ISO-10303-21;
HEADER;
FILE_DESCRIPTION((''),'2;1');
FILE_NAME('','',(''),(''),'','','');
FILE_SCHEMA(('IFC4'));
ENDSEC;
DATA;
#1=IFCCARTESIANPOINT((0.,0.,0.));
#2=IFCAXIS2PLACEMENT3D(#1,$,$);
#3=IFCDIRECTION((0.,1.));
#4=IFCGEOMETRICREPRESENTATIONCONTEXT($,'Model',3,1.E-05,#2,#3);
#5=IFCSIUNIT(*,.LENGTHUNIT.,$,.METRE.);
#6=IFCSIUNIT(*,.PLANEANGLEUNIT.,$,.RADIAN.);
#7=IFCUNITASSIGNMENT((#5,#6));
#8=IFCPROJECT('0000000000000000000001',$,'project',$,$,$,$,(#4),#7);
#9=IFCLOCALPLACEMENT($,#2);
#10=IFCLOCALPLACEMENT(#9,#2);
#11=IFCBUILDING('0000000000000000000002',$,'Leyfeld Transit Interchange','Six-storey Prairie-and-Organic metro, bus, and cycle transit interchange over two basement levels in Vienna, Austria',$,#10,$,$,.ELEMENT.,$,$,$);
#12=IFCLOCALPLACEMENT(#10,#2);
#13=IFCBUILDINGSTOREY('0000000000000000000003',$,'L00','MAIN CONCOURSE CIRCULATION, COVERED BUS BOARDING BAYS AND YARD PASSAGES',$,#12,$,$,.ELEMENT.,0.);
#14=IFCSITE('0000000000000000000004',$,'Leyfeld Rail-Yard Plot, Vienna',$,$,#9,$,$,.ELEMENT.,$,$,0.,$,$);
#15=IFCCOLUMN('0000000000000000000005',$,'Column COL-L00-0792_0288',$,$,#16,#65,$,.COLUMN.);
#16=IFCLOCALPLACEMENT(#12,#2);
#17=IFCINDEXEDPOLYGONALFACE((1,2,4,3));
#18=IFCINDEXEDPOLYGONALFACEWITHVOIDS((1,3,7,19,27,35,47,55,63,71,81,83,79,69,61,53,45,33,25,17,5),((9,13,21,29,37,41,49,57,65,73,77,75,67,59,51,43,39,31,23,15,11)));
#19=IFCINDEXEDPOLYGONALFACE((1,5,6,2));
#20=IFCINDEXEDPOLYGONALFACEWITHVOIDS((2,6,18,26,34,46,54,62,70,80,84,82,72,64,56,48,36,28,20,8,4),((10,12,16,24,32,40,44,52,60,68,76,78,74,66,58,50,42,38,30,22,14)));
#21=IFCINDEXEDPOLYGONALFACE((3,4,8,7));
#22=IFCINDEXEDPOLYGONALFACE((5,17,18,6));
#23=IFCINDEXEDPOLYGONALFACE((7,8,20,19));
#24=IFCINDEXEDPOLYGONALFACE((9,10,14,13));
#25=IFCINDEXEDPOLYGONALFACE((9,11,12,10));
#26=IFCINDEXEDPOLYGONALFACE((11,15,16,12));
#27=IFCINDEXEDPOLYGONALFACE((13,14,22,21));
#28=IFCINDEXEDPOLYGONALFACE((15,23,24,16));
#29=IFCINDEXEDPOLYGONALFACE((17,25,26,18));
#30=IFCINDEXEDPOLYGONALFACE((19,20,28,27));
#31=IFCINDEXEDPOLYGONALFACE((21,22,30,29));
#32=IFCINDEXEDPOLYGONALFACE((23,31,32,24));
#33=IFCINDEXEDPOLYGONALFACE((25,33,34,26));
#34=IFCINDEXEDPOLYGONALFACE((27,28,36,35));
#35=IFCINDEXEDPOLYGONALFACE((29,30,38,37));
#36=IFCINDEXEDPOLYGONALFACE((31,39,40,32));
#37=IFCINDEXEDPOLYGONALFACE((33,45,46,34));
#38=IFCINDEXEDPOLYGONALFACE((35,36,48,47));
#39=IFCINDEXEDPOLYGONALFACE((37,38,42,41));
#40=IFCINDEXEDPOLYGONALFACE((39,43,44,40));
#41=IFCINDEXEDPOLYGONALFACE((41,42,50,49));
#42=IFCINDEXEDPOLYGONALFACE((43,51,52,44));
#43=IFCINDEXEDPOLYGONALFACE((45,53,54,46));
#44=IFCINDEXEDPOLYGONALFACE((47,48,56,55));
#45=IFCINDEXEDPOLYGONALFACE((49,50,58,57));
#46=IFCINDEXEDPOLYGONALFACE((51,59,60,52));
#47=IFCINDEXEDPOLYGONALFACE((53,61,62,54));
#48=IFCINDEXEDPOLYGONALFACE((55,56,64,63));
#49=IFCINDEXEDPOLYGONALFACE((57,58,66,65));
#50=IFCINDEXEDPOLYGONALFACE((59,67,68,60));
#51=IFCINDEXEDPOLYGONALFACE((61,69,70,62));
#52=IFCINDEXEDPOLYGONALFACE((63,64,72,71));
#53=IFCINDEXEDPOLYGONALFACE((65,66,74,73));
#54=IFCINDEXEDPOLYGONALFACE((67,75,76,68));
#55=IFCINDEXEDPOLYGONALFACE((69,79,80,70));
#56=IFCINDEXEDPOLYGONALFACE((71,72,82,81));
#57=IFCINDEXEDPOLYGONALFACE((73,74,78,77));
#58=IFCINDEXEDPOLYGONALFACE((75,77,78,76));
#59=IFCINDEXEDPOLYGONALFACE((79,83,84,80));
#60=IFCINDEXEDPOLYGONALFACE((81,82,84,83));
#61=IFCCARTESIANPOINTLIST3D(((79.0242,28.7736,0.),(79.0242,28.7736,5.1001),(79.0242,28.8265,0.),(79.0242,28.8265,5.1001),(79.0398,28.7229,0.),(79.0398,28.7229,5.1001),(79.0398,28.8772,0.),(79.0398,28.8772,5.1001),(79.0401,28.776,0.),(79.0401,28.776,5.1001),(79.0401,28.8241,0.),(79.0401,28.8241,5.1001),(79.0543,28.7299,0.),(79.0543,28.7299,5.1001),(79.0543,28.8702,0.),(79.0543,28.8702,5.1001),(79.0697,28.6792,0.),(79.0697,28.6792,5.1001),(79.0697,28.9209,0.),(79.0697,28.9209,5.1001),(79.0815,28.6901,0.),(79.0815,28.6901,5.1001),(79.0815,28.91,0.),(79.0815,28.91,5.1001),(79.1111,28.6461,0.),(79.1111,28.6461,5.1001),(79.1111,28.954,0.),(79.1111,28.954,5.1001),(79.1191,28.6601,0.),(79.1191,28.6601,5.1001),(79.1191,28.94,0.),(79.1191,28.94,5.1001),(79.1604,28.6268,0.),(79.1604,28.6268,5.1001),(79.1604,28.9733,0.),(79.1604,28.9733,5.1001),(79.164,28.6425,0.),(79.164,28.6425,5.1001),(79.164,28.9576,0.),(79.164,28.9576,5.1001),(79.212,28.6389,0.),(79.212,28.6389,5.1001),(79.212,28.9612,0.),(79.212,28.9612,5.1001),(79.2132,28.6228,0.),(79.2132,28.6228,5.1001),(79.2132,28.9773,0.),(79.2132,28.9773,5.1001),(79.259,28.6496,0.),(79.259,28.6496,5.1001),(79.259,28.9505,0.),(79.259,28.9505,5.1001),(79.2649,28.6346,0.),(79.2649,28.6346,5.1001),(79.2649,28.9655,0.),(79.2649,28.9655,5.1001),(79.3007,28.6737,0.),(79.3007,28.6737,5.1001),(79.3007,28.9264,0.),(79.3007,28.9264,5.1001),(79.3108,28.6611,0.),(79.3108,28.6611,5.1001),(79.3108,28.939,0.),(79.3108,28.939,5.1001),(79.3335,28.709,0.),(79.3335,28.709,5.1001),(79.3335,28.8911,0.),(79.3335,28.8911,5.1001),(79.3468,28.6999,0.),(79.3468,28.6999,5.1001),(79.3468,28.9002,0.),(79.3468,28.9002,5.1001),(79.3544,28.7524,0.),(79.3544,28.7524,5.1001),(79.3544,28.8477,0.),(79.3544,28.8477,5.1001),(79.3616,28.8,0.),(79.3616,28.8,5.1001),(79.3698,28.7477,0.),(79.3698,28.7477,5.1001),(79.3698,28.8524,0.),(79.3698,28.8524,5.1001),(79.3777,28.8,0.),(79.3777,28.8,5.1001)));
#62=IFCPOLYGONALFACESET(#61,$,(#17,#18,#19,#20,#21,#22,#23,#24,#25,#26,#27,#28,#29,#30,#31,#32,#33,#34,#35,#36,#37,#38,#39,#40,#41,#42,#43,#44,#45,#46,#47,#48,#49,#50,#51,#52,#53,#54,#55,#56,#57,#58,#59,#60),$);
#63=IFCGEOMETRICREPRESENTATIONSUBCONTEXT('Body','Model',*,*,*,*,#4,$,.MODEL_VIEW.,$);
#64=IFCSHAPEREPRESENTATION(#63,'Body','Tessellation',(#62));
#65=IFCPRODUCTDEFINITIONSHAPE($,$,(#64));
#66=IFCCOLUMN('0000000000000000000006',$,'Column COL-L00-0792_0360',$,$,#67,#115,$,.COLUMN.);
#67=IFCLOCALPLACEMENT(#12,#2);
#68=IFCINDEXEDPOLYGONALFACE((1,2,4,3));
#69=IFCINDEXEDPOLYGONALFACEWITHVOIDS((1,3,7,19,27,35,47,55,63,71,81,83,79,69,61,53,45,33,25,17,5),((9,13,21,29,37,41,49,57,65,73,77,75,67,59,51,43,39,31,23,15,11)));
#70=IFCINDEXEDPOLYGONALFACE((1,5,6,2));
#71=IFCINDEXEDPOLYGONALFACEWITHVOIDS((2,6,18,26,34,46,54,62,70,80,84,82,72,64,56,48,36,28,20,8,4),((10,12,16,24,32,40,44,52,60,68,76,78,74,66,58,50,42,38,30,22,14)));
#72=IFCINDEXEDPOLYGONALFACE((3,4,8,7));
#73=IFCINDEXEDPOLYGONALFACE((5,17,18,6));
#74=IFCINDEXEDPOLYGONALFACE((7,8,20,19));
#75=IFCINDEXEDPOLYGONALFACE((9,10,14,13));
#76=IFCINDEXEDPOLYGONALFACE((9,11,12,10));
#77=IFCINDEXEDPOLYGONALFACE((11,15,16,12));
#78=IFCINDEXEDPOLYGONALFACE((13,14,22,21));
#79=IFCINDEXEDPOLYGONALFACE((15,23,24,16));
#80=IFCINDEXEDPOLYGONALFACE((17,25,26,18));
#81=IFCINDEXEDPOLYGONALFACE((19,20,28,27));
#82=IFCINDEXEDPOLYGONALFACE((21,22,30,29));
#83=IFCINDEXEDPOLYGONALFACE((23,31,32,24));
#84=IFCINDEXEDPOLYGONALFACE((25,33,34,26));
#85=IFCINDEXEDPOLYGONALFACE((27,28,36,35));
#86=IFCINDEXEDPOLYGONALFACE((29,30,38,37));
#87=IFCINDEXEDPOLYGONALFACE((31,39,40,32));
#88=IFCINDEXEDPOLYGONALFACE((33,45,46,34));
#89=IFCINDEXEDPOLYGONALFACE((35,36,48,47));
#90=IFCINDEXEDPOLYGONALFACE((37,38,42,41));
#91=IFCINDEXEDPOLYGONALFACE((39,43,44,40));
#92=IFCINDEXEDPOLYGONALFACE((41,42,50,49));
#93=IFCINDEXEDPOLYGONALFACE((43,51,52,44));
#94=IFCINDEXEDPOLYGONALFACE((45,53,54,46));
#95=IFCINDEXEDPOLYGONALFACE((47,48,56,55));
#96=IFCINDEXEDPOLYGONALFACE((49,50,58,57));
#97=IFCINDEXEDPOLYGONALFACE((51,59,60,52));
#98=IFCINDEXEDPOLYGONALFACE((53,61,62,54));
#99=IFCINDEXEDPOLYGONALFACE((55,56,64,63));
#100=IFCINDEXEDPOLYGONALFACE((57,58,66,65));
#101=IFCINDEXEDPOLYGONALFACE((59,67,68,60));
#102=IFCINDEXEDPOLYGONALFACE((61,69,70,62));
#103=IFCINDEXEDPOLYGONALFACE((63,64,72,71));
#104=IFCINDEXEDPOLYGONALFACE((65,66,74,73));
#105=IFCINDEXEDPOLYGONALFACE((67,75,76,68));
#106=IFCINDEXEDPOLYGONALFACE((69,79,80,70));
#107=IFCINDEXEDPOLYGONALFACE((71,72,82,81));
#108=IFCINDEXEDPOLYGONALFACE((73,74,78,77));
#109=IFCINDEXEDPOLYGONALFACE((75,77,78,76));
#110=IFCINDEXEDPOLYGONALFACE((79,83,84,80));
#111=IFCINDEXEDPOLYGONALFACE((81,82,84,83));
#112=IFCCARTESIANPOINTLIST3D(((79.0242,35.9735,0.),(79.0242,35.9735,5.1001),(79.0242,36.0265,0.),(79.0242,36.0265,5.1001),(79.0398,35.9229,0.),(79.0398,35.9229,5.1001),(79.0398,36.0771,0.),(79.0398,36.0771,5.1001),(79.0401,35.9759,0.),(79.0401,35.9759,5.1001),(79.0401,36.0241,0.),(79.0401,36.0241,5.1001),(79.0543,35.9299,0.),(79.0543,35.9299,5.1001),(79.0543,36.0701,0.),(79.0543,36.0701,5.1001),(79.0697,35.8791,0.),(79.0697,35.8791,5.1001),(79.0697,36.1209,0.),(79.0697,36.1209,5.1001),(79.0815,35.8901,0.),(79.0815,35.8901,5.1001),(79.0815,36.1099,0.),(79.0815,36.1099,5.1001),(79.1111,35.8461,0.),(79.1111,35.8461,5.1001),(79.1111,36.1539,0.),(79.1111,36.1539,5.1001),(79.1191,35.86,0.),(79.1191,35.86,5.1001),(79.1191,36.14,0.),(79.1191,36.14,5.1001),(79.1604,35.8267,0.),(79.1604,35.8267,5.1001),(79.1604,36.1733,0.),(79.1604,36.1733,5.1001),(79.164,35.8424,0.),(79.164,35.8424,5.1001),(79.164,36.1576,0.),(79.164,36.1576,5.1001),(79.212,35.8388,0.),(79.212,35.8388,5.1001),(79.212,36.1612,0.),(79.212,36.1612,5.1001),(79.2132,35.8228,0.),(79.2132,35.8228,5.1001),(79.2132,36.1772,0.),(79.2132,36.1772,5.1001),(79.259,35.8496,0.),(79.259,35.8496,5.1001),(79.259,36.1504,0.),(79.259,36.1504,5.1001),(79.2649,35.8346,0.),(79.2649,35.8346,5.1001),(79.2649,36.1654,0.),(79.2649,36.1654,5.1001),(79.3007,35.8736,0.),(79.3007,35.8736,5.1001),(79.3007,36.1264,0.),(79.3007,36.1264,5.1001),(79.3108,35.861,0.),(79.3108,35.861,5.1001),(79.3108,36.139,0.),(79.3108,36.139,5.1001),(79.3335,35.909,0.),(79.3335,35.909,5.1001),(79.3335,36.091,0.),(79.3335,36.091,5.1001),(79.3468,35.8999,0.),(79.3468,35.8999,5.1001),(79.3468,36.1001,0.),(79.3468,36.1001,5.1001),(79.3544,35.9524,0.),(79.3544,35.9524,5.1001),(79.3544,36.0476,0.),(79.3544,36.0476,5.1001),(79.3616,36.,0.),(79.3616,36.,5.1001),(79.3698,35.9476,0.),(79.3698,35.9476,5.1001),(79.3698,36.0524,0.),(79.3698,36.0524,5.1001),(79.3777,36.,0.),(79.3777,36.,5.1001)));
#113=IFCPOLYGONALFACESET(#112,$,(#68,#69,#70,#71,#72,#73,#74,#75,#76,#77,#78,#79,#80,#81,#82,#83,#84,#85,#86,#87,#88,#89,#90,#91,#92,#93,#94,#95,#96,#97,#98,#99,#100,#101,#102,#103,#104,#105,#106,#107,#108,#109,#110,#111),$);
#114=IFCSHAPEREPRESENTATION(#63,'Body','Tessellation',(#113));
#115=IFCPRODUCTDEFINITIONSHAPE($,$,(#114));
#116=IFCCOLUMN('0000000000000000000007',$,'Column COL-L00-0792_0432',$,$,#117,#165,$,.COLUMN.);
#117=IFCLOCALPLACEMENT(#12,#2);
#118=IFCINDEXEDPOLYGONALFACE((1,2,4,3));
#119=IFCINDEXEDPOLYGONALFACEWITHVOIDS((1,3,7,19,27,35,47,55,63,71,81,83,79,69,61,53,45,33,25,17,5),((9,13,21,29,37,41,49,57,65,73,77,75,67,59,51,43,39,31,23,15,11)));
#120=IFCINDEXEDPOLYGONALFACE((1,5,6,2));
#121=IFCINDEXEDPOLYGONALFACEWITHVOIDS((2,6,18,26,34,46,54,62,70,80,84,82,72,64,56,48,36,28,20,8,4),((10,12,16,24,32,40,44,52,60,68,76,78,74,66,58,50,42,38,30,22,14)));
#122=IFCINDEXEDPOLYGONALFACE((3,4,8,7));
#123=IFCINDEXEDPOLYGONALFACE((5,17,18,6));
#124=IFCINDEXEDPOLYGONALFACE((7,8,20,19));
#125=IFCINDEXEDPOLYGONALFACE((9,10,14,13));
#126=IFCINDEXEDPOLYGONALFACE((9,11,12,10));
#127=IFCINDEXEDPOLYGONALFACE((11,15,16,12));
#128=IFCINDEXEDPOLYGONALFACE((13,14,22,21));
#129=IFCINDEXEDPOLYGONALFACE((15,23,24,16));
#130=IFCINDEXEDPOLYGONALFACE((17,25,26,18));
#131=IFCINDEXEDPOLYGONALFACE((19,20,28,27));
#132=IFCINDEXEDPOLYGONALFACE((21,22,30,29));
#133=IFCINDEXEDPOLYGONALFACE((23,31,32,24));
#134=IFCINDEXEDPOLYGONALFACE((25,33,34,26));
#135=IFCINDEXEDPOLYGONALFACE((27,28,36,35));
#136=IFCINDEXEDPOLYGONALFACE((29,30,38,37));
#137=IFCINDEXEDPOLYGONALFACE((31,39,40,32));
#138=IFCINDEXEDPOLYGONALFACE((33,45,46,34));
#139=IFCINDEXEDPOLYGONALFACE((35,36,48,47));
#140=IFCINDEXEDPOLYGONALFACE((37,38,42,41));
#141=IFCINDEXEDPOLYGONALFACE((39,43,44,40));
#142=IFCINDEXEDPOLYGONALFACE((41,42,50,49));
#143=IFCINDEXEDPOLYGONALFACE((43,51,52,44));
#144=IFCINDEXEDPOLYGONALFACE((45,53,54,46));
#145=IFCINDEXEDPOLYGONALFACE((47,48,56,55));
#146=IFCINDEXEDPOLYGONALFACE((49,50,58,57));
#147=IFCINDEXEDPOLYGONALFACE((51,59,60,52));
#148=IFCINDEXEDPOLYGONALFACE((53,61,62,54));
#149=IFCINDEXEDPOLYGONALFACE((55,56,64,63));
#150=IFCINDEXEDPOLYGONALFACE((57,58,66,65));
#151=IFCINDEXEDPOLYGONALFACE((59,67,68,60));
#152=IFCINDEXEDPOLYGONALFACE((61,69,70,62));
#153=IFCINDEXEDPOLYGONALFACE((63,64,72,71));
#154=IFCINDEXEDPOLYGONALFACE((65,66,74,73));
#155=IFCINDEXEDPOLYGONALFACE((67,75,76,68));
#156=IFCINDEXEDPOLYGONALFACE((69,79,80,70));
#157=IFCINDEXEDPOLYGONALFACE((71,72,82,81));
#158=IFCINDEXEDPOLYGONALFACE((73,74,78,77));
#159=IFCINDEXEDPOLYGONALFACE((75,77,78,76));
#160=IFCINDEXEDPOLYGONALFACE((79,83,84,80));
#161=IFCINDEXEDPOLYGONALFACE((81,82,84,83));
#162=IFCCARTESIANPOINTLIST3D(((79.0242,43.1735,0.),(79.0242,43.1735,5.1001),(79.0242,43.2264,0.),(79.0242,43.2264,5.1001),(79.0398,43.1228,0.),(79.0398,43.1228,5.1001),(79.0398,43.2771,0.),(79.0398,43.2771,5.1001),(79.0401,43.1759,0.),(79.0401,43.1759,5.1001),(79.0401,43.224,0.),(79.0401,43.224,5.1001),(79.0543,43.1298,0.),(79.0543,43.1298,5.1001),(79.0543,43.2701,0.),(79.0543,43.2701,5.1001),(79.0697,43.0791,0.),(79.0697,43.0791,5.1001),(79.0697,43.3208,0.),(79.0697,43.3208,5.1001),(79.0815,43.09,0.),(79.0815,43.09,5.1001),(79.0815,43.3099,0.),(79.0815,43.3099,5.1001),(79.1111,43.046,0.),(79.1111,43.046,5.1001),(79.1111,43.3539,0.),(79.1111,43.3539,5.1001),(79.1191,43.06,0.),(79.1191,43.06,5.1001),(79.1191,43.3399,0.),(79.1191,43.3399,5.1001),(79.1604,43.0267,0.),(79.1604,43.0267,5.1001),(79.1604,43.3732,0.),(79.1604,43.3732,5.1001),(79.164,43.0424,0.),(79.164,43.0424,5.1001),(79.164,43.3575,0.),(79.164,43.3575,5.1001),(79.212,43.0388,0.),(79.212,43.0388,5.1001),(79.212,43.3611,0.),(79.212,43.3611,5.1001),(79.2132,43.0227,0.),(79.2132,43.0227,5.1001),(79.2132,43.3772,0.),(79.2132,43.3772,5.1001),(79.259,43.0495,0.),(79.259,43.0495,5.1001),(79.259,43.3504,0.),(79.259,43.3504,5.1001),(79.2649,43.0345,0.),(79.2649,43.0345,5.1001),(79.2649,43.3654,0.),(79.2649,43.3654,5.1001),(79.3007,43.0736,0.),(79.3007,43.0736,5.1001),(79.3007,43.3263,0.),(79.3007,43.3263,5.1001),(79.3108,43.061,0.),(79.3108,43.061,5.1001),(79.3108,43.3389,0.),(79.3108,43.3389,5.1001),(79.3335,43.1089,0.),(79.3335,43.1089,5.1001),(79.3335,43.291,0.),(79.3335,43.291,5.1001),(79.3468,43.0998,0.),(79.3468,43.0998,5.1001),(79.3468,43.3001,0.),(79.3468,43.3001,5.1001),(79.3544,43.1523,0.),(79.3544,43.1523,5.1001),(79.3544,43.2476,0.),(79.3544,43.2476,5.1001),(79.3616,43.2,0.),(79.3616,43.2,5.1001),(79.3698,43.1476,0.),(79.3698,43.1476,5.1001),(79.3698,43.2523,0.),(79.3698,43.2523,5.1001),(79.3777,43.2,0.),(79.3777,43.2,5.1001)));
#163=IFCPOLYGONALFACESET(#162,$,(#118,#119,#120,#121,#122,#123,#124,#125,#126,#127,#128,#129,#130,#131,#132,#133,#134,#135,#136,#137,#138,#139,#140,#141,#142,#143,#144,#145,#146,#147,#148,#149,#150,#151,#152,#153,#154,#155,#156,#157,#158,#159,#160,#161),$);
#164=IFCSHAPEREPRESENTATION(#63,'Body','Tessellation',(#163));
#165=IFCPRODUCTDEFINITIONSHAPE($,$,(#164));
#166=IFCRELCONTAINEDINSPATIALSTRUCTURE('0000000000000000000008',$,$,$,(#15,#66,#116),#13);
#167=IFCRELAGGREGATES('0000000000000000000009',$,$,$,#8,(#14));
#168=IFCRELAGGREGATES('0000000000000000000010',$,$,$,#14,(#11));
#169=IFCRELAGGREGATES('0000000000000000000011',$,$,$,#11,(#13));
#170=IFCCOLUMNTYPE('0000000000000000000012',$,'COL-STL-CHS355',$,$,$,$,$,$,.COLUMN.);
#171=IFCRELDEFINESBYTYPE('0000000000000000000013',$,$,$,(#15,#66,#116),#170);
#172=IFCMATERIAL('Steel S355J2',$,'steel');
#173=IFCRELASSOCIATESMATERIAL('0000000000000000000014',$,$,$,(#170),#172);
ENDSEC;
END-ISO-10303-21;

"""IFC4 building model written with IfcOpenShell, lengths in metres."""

from ifc_helpers import new_model, si_unit, direction, frame, origin, origin_2d, place, context, subcontext, project, spatial, hollow_circle, extrude, material, material_profile, profile_set, type_object, element, save


model = new_model("IFC4")

# Units and contexts
model_context = context("Model", 3, precision=1e-05, world=origin(), true_north=direction((0.0, 1.0)))
body_context = subcontext(model_context, "Body", "Model", "MODEL_VIEW")
ifc_project = project(units=[si_unit("LENGTHUNIT", "METRE"), si_unit("PLANEANGLEUNIT", "RADIAN")], contexts=[model_context])

# Site, building, storey
site_placement = place(None, origin())
site = spatial("IfcSite", under=ifc_project, at=site_placement, Name="Leyfeld Rail-Yard Plot, Vienna", CompositionType="ELEMENT", RefElevation=0.0)
building_placement = place(site_placement, origin())
building = spatial("IfcBuilding", under=site, at=building_placement, Name="Leyfeld Transit Interchange", Description="Six-storey Prairie-and-Organic metro, bus, and cycle transit interchange over two basement levels in Vienna, Austria", CompositionType="ELEMENT")
storey_placement = place(building_placement, origin())
storey = spatial("IfcBuildingStorey", under=building, at=storey_placement, Name="L00", Description="MAIN CONCOURSE CIRCULATION, COVERED BUS BOARDING BAYS AND YARD PASSAGES", CompositionType="ELEMENT", Elevation=0.0)

# Columns
ifc_material_1 = material(Name="Steel S355J2", Category="steel")
ifc_material_profile_1 = material_profile(ifc_material_1, hollow_circle(Radius=0.1777, WallThickness=0.0161, at=origin_2d()), Name="CHS 355.6x16")
ifc_profile_set_1 = profile_set([ifc_material_profile_1], Name="Steel S355J2")
column_type = type_object("IfcColumnType", Name="COL-STL-CHS355", PredefinedType="COLUMN", material=ifc_profile_set_1)
for number, where, z_axis, x_axis, name in (
    (1, (79.2, 28.8, 0.0), (0.0, 0.0, 1.0), (1.0, 0.0, 0.0), "Column COL-L00-0792_0288"),
    (2, (79.2, 36.0, 0.0), (0.0, 0.0, 1.0), (1.0, 0.0, 0.0), "Column COL-L00-0792_0360"),
    (3, (79.2, 43.2, 0.0), (0.0, 0.0, 1.0), (1.0, 0.0, 0.0), "Column COL-L00-0792_0432"),
):
    element("IfcColumn", number, at=place(storey_placement, frame(where, z_axis=z_axis, x_axis=x_axis)), inside=storey, type_object=column_type, Name=name, PredefinedType="COLUMN", context=body_context, shape_type="SweptSolid", body=[
        extrude(hollow_circle(Radius=0.1777, WallThickness=0.0161, at=origin_2d()), origin(), (0.0, 0.0, 1.0), 5.1001),
    ])

save(model, "model.ifc")
